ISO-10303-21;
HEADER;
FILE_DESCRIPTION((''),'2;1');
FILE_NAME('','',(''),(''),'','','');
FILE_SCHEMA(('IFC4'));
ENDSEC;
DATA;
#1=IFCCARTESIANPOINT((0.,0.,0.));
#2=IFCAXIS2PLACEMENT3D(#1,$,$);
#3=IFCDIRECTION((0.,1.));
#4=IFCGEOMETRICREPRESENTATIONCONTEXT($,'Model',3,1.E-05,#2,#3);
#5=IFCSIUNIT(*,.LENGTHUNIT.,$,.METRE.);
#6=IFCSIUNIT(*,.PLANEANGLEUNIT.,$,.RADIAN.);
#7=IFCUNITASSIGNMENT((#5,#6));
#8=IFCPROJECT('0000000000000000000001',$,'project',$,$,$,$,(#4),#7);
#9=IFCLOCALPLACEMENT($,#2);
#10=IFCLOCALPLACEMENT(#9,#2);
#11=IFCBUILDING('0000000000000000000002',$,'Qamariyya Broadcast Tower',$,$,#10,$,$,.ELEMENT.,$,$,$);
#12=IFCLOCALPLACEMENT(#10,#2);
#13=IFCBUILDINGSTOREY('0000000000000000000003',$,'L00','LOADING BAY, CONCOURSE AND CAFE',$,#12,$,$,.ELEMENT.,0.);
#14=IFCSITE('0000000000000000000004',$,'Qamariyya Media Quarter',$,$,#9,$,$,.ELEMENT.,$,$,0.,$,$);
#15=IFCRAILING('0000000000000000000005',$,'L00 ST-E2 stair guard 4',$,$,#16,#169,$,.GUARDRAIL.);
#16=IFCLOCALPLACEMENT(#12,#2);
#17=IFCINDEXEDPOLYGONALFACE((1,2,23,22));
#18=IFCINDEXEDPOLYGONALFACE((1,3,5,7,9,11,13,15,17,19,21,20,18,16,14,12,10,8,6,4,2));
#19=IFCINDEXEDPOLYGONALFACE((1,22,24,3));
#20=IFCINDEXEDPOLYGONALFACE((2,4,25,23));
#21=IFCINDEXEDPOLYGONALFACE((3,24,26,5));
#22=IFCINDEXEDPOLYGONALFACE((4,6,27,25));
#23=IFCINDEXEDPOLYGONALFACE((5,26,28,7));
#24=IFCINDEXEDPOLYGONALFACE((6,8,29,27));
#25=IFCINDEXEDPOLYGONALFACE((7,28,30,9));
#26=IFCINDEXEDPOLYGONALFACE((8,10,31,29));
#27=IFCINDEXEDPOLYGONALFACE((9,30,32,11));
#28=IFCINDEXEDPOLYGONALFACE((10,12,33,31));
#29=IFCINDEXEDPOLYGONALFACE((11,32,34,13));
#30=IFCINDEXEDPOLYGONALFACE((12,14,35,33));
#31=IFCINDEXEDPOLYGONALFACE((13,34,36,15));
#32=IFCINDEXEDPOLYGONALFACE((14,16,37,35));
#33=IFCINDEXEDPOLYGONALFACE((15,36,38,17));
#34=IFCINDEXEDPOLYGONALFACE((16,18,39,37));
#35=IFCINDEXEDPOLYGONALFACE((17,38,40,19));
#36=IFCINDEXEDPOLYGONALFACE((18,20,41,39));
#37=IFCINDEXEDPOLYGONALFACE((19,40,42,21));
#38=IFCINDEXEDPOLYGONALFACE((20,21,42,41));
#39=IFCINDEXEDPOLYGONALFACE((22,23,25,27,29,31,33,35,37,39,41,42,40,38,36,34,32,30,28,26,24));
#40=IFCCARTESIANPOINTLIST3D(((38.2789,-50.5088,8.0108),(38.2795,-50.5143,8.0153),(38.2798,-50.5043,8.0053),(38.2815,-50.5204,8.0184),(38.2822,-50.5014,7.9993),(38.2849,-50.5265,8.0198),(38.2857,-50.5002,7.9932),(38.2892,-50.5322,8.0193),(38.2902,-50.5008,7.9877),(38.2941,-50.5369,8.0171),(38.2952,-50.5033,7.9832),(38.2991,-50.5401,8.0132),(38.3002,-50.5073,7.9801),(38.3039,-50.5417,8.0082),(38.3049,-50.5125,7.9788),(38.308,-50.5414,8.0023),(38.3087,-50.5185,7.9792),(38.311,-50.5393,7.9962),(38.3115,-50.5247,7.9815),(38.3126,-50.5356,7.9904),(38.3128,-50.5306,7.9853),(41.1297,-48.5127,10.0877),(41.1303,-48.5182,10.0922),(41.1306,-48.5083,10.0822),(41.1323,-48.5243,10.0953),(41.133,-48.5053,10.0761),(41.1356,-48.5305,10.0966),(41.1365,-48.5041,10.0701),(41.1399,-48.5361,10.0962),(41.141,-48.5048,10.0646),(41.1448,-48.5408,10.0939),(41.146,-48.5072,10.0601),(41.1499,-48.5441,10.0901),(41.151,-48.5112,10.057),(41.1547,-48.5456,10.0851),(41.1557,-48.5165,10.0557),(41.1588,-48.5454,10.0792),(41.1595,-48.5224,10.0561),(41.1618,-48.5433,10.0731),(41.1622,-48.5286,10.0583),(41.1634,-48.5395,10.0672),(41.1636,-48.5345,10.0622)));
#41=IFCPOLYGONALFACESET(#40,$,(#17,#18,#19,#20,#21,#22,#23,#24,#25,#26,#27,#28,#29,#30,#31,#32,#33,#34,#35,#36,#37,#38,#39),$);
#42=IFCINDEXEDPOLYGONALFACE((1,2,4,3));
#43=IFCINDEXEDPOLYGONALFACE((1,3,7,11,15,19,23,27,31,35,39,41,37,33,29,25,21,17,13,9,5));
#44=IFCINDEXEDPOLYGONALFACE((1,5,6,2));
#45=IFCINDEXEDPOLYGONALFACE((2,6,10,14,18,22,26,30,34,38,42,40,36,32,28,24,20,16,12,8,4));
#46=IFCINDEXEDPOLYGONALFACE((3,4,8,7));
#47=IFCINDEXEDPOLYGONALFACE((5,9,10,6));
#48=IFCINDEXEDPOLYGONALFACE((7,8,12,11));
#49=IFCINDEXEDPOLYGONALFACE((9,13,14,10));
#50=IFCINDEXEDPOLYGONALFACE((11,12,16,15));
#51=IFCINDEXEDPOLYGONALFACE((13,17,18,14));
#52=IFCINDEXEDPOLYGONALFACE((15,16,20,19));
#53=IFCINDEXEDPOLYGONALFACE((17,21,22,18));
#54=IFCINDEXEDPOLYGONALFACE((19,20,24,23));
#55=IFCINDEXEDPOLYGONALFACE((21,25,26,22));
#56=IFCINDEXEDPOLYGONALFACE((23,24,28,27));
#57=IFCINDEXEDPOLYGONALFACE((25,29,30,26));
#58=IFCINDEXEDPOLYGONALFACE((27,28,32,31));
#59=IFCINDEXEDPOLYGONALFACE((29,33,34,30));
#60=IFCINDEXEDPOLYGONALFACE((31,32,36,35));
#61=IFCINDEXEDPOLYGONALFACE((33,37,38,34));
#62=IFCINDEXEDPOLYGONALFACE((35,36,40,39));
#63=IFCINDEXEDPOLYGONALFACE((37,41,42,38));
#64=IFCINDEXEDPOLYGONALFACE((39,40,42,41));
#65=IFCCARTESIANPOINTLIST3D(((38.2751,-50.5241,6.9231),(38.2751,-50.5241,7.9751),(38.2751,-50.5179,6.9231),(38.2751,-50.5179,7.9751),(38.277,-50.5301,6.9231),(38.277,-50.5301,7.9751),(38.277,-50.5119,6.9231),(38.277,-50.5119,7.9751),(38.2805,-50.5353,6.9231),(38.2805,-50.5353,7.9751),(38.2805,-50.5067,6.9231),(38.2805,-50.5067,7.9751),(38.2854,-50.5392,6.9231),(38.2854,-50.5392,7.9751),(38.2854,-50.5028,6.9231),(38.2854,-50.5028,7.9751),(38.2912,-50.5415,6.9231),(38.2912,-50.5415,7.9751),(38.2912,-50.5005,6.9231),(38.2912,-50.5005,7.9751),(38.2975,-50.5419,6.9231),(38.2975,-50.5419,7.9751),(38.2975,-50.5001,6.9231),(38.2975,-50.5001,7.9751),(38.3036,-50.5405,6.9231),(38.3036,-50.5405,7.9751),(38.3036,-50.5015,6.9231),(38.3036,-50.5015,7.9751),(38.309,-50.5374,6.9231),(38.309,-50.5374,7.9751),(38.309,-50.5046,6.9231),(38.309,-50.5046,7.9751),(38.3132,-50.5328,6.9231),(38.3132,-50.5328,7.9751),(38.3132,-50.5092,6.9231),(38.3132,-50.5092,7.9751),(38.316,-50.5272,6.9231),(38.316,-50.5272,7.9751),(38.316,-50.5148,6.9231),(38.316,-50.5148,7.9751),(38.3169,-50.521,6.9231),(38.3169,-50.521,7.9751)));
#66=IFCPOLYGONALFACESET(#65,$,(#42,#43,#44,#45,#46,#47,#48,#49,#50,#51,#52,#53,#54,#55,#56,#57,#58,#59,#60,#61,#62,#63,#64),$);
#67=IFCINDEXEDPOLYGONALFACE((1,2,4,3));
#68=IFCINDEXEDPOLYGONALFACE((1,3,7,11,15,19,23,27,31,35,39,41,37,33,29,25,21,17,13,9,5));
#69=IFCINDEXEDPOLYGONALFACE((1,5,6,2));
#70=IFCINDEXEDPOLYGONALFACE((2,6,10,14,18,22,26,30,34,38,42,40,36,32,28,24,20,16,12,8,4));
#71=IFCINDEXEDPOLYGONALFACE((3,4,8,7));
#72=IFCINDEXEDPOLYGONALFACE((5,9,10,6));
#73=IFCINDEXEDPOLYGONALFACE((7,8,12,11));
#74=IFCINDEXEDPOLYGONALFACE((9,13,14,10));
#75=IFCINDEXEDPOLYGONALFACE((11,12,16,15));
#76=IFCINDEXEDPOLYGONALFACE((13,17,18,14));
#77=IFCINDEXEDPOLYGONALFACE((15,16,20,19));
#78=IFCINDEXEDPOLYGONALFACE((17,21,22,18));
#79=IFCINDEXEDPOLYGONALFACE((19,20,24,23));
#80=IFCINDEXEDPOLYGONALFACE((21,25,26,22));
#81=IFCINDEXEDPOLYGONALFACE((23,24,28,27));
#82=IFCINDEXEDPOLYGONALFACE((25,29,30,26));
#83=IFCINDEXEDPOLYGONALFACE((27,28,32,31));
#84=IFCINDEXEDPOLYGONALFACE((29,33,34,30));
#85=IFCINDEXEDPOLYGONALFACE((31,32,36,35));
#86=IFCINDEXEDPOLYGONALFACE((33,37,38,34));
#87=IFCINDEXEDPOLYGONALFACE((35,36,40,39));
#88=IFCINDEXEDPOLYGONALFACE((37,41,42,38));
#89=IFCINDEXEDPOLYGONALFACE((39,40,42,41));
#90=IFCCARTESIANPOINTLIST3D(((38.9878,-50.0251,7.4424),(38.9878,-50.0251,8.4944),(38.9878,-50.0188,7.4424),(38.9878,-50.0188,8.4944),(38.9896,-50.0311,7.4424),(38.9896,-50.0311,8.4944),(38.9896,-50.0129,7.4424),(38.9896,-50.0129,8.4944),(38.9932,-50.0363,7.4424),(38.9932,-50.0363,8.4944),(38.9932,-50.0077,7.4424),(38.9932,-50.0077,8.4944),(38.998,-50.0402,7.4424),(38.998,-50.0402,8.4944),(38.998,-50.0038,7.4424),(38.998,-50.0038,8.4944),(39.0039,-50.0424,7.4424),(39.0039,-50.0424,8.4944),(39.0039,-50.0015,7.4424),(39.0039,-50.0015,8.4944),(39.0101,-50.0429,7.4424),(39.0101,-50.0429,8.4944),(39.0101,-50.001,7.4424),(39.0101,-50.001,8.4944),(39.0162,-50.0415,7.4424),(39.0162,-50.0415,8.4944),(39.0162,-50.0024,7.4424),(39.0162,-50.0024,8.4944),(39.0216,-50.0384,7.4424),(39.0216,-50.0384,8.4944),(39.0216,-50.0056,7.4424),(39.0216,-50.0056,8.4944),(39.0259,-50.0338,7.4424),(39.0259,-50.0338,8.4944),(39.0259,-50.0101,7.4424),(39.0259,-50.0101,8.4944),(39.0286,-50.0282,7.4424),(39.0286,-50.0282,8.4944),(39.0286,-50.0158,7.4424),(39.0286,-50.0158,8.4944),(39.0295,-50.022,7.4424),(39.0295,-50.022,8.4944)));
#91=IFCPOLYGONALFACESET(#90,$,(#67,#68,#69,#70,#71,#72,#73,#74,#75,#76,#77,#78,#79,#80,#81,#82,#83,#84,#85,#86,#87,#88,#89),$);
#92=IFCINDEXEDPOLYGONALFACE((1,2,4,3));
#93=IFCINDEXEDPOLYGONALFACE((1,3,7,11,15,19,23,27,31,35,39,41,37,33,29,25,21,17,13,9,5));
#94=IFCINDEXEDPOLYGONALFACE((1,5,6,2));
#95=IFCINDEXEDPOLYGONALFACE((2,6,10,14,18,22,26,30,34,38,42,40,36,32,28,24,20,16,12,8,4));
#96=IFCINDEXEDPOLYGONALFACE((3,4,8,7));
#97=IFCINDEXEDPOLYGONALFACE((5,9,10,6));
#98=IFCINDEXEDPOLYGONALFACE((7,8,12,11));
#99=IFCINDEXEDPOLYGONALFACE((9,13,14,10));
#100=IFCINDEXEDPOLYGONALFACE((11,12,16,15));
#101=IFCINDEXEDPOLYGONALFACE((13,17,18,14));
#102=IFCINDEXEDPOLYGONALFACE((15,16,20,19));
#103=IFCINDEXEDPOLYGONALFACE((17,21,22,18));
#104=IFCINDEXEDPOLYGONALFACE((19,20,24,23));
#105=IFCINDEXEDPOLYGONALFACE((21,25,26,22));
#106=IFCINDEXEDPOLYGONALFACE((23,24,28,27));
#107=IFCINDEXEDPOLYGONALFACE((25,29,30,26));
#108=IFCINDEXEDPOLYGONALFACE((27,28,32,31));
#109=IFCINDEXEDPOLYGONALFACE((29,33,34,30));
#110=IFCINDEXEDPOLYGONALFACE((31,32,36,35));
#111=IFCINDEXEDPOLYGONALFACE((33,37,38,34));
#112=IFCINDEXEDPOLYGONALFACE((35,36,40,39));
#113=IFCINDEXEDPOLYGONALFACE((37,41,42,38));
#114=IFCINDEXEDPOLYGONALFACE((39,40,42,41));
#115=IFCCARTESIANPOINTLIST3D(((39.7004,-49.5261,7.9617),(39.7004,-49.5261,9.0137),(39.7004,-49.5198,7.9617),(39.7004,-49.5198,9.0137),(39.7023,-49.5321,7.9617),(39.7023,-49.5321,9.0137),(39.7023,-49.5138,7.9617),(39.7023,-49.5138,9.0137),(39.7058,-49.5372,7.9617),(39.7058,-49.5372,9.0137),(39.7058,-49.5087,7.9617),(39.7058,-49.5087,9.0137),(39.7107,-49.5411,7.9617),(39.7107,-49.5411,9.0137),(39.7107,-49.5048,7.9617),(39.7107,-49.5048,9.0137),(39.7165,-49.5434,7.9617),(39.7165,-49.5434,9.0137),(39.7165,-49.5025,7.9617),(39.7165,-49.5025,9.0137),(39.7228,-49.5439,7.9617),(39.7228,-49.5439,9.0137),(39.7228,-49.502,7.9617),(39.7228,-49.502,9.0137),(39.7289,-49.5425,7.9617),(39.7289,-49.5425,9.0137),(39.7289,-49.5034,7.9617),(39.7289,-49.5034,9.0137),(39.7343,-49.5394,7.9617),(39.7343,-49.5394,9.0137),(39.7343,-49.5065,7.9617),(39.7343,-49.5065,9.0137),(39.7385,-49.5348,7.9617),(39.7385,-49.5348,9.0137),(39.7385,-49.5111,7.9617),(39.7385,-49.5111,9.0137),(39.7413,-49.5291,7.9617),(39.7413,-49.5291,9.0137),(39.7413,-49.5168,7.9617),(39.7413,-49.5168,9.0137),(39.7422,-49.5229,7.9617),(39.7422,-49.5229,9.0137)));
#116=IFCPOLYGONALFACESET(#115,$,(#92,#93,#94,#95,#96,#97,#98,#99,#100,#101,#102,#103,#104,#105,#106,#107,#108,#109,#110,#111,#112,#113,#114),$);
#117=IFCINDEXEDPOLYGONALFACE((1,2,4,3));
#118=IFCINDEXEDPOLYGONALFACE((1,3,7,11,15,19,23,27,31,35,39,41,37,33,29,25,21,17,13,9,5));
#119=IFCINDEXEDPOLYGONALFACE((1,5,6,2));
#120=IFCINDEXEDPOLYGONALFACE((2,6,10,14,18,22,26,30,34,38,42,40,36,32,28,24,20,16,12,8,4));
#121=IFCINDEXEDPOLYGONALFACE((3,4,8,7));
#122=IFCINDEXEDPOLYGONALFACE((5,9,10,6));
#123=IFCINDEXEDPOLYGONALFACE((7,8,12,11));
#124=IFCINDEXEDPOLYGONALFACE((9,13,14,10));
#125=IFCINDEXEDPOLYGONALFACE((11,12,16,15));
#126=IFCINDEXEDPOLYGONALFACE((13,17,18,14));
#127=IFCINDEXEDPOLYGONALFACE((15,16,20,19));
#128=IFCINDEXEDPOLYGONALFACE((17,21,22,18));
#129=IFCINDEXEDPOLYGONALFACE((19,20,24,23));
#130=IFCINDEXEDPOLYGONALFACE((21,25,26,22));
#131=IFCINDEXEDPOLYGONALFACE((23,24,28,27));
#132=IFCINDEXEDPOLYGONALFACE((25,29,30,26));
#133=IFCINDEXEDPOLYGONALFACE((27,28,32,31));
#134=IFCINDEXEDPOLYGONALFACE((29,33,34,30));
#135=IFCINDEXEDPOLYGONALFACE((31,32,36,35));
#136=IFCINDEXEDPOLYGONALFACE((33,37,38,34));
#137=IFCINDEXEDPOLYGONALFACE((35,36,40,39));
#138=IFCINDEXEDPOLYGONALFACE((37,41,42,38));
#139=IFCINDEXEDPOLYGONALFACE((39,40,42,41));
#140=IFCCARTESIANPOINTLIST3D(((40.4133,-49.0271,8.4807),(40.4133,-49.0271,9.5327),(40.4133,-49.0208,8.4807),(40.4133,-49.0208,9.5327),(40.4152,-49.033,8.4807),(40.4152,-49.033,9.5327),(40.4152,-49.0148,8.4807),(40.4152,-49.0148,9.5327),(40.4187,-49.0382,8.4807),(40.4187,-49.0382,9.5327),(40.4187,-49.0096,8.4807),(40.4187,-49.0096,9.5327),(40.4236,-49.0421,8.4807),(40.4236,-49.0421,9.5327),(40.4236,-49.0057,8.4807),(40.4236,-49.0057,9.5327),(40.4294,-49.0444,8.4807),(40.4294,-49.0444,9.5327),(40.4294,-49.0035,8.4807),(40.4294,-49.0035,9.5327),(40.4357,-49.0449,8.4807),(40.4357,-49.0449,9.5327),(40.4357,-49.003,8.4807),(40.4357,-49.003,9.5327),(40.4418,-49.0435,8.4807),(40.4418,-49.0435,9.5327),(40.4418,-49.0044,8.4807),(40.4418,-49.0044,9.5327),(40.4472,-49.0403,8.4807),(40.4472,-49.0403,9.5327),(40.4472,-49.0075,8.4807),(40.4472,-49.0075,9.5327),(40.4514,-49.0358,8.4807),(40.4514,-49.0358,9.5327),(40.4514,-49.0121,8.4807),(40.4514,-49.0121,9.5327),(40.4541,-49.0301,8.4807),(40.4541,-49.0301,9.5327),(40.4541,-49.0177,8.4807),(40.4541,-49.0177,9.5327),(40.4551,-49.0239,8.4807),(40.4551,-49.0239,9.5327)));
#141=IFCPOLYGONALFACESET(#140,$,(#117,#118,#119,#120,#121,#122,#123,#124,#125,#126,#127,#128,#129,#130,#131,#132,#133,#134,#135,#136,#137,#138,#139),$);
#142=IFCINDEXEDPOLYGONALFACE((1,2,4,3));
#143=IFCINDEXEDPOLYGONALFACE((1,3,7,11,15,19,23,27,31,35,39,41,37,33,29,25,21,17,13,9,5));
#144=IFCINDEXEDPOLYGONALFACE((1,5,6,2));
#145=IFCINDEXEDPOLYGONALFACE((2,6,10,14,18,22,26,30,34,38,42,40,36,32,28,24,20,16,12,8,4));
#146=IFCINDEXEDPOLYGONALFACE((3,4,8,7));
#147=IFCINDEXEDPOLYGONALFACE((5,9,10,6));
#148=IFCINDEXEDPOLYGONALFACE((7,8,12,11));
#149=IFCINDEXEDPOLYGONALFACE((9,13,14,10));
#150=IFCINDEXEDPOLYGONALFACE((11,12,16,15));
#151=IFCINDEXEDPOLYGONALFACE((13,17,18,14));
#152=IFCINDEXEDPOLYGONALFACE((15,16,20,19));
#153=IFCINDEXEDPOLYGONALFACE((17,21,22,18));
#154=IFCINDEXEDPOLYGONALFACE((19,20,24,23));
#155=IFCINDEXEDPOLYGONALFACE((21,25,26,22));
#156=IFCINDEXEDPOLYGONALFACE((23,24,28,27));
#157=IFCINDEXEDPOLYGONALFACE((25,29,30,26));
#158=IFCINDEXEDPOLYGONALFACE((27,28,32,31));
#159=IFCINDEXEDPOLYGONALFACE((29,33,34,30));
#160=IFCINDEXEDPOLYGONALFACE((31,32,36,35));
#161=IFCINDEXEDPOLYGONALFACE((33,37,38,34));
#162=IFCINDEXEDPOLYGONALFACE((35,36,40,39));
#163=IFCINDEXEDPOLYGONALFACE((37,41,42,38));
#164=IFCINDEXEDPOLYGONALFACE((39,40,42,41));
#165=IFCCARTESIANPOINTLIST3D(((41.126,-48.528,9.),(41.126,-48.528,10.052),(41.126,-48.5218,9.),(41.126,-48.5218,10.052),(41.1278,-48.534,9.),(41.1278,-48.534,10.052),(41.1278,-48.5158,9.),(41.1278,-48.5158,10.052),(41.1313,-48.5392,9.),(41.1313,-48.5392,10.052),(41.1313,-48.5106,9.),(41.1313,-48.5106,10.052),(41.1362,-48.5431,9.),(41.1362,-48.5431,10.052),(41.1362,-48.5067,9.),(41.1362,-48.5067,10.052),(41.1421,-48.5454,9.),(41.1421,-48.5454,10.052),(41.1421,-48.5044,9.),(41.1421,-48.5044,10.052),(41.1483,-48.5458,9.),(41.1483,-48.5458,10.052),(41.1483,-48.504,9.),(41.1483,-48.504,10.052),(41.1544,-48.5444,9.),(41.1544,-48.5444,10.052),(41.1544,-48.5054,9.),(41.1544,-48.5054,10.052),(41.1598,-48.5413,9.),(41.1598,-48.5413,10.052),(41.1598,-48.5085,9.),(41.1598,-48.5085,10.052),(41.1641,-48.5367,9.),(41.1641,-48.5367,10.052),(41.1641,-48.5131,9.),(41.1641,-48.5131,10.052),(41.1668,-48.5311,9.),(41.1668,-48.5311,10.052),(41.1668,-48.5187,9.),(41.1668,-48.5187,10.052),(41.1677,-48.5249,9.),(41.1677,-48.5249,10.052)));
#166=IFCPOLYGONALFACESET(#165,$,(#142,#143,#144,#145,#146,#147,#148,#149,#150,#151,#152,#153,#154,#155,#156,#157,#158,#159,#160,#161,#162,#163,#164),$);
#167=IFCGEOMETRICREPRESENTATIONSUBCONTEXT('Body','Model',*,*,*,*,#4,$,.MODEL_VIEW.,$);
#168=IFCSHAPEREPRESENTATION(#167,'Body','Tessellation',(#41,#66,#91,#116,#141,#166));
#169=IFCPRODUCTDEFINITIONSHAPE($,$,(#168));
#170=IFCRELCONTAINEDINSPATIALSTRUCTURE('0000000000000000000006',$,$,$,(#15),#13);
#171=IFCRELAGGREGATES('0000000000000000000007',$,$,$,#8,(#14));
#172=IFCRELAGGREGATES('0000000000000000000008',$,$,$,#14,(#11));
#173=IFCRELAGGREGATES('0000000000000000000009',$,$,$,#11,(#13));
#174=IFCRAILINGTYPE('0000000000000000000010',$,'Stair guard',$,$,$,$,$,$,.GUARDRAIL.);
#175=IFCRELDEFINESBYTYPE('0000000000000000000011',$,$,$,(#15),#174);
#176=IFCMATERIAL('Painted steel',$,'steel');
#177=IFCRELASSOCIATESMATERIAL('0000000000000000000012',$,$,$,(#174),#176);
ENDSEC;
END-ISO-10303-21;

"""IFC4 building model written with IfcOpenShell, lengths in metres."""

from ifc_helpers import new_model, si_unit, direction, frame, origin, origin_2d, place, context, subcontext, project, spatial, circle, extrude, material, type_object, element, save


model = new_model("IFC4")

# Units and contexts
model_context = context("Model", 3, precision=1e-05, world=origin(), true_north=direction((0.0, 1.0)))
body_context = subcontext(model_context, "Body", "Model", "MODEL_VIEW")
ifc_project = project(units=[si_unit("LENGTHUNIT", "METRE"), si_unit("PLANEANGLEUNIT", "RADIAN")], contexts=[model_context])

# Site, building, storey
site_placement = place(None, origin())
site = spatial("IfcSite", under=ifc_project, at=site_placement, Name="Qamariyya Media Quarter", CompositionType="ELEMENT", RefElevation=0.0)
building_placement = place(site_placement, origin())
building = spatial("IfcBuilding", under=site, at=building_placement, Name="Qamariyya Broadcast Tower", CompositionType="ELEMENT")
storey_placement = place(building_placement, origin())
storey = spatial("IfcBuildingStorey", under=building, at=storey_placement, Name="L00", Description="LOADING BAY, CONCOURSE AND CAFE", CompositionType="ELEMENT", Elevation=0.0)

# Railing
ifc_material_1 = material(Name="Painted steel", Category="steel")
railing_type_1 = type_object("IfcRailingType", Name="Stair guard", PredefinedType="GUARDRAIL", material=ifc_material_1)
railing_1_placement = place(storey_placement, frame((38.2959, -50.521, 6.9231)))
element("IfcRailing", 1, at=railing_1_placement, inside=storey, type_object=railing_type_1, Name="L00 ST-E2 stair guard 4", PredefinedType="GUARDRAIL", context=body_context, shape_type="SweptSolid", body=[
    extrude(circle(Radius=0.0239, at=origin_2d()), frame((0.0, 0.0, 1.0762), z_axis=(0.703423, 0.492523, 0.512462), x_axis=(-0.573561, 0.819163, 0.0)), (0.0, 0.0, 1.0), 4.0527),
    extrude(circle(Radius=0.021, at=origin_2d()), origin(), (0.0, 0.0, 1.0), 1.052),
    extrude(circle(Radius=0.021, at=origin_2d()), frame((0.7126, 0.499, 0.5193)), (0.0, 0.0, 1.0), 1.052),
    extrude(circle(Radius=0.021, at=origin_2d()), frame((1.4253, 0.998, 1.0386)), (0.0, 0.0, 1.0), 1.052),
    extrude(circle(Radius=0.021, at=origin_2d()), frame((2.1382, 1.4971, 1.5576)), (0.0, 0.0, 1.0), 1.052),
    extrude(circle(Radius=0.021, at=origin_2d()), frame((2.8508, 1.9961, 2.0769)), (0.0, 0.0, 1.0), 1.052),
])

save(model, "model.ifc")
